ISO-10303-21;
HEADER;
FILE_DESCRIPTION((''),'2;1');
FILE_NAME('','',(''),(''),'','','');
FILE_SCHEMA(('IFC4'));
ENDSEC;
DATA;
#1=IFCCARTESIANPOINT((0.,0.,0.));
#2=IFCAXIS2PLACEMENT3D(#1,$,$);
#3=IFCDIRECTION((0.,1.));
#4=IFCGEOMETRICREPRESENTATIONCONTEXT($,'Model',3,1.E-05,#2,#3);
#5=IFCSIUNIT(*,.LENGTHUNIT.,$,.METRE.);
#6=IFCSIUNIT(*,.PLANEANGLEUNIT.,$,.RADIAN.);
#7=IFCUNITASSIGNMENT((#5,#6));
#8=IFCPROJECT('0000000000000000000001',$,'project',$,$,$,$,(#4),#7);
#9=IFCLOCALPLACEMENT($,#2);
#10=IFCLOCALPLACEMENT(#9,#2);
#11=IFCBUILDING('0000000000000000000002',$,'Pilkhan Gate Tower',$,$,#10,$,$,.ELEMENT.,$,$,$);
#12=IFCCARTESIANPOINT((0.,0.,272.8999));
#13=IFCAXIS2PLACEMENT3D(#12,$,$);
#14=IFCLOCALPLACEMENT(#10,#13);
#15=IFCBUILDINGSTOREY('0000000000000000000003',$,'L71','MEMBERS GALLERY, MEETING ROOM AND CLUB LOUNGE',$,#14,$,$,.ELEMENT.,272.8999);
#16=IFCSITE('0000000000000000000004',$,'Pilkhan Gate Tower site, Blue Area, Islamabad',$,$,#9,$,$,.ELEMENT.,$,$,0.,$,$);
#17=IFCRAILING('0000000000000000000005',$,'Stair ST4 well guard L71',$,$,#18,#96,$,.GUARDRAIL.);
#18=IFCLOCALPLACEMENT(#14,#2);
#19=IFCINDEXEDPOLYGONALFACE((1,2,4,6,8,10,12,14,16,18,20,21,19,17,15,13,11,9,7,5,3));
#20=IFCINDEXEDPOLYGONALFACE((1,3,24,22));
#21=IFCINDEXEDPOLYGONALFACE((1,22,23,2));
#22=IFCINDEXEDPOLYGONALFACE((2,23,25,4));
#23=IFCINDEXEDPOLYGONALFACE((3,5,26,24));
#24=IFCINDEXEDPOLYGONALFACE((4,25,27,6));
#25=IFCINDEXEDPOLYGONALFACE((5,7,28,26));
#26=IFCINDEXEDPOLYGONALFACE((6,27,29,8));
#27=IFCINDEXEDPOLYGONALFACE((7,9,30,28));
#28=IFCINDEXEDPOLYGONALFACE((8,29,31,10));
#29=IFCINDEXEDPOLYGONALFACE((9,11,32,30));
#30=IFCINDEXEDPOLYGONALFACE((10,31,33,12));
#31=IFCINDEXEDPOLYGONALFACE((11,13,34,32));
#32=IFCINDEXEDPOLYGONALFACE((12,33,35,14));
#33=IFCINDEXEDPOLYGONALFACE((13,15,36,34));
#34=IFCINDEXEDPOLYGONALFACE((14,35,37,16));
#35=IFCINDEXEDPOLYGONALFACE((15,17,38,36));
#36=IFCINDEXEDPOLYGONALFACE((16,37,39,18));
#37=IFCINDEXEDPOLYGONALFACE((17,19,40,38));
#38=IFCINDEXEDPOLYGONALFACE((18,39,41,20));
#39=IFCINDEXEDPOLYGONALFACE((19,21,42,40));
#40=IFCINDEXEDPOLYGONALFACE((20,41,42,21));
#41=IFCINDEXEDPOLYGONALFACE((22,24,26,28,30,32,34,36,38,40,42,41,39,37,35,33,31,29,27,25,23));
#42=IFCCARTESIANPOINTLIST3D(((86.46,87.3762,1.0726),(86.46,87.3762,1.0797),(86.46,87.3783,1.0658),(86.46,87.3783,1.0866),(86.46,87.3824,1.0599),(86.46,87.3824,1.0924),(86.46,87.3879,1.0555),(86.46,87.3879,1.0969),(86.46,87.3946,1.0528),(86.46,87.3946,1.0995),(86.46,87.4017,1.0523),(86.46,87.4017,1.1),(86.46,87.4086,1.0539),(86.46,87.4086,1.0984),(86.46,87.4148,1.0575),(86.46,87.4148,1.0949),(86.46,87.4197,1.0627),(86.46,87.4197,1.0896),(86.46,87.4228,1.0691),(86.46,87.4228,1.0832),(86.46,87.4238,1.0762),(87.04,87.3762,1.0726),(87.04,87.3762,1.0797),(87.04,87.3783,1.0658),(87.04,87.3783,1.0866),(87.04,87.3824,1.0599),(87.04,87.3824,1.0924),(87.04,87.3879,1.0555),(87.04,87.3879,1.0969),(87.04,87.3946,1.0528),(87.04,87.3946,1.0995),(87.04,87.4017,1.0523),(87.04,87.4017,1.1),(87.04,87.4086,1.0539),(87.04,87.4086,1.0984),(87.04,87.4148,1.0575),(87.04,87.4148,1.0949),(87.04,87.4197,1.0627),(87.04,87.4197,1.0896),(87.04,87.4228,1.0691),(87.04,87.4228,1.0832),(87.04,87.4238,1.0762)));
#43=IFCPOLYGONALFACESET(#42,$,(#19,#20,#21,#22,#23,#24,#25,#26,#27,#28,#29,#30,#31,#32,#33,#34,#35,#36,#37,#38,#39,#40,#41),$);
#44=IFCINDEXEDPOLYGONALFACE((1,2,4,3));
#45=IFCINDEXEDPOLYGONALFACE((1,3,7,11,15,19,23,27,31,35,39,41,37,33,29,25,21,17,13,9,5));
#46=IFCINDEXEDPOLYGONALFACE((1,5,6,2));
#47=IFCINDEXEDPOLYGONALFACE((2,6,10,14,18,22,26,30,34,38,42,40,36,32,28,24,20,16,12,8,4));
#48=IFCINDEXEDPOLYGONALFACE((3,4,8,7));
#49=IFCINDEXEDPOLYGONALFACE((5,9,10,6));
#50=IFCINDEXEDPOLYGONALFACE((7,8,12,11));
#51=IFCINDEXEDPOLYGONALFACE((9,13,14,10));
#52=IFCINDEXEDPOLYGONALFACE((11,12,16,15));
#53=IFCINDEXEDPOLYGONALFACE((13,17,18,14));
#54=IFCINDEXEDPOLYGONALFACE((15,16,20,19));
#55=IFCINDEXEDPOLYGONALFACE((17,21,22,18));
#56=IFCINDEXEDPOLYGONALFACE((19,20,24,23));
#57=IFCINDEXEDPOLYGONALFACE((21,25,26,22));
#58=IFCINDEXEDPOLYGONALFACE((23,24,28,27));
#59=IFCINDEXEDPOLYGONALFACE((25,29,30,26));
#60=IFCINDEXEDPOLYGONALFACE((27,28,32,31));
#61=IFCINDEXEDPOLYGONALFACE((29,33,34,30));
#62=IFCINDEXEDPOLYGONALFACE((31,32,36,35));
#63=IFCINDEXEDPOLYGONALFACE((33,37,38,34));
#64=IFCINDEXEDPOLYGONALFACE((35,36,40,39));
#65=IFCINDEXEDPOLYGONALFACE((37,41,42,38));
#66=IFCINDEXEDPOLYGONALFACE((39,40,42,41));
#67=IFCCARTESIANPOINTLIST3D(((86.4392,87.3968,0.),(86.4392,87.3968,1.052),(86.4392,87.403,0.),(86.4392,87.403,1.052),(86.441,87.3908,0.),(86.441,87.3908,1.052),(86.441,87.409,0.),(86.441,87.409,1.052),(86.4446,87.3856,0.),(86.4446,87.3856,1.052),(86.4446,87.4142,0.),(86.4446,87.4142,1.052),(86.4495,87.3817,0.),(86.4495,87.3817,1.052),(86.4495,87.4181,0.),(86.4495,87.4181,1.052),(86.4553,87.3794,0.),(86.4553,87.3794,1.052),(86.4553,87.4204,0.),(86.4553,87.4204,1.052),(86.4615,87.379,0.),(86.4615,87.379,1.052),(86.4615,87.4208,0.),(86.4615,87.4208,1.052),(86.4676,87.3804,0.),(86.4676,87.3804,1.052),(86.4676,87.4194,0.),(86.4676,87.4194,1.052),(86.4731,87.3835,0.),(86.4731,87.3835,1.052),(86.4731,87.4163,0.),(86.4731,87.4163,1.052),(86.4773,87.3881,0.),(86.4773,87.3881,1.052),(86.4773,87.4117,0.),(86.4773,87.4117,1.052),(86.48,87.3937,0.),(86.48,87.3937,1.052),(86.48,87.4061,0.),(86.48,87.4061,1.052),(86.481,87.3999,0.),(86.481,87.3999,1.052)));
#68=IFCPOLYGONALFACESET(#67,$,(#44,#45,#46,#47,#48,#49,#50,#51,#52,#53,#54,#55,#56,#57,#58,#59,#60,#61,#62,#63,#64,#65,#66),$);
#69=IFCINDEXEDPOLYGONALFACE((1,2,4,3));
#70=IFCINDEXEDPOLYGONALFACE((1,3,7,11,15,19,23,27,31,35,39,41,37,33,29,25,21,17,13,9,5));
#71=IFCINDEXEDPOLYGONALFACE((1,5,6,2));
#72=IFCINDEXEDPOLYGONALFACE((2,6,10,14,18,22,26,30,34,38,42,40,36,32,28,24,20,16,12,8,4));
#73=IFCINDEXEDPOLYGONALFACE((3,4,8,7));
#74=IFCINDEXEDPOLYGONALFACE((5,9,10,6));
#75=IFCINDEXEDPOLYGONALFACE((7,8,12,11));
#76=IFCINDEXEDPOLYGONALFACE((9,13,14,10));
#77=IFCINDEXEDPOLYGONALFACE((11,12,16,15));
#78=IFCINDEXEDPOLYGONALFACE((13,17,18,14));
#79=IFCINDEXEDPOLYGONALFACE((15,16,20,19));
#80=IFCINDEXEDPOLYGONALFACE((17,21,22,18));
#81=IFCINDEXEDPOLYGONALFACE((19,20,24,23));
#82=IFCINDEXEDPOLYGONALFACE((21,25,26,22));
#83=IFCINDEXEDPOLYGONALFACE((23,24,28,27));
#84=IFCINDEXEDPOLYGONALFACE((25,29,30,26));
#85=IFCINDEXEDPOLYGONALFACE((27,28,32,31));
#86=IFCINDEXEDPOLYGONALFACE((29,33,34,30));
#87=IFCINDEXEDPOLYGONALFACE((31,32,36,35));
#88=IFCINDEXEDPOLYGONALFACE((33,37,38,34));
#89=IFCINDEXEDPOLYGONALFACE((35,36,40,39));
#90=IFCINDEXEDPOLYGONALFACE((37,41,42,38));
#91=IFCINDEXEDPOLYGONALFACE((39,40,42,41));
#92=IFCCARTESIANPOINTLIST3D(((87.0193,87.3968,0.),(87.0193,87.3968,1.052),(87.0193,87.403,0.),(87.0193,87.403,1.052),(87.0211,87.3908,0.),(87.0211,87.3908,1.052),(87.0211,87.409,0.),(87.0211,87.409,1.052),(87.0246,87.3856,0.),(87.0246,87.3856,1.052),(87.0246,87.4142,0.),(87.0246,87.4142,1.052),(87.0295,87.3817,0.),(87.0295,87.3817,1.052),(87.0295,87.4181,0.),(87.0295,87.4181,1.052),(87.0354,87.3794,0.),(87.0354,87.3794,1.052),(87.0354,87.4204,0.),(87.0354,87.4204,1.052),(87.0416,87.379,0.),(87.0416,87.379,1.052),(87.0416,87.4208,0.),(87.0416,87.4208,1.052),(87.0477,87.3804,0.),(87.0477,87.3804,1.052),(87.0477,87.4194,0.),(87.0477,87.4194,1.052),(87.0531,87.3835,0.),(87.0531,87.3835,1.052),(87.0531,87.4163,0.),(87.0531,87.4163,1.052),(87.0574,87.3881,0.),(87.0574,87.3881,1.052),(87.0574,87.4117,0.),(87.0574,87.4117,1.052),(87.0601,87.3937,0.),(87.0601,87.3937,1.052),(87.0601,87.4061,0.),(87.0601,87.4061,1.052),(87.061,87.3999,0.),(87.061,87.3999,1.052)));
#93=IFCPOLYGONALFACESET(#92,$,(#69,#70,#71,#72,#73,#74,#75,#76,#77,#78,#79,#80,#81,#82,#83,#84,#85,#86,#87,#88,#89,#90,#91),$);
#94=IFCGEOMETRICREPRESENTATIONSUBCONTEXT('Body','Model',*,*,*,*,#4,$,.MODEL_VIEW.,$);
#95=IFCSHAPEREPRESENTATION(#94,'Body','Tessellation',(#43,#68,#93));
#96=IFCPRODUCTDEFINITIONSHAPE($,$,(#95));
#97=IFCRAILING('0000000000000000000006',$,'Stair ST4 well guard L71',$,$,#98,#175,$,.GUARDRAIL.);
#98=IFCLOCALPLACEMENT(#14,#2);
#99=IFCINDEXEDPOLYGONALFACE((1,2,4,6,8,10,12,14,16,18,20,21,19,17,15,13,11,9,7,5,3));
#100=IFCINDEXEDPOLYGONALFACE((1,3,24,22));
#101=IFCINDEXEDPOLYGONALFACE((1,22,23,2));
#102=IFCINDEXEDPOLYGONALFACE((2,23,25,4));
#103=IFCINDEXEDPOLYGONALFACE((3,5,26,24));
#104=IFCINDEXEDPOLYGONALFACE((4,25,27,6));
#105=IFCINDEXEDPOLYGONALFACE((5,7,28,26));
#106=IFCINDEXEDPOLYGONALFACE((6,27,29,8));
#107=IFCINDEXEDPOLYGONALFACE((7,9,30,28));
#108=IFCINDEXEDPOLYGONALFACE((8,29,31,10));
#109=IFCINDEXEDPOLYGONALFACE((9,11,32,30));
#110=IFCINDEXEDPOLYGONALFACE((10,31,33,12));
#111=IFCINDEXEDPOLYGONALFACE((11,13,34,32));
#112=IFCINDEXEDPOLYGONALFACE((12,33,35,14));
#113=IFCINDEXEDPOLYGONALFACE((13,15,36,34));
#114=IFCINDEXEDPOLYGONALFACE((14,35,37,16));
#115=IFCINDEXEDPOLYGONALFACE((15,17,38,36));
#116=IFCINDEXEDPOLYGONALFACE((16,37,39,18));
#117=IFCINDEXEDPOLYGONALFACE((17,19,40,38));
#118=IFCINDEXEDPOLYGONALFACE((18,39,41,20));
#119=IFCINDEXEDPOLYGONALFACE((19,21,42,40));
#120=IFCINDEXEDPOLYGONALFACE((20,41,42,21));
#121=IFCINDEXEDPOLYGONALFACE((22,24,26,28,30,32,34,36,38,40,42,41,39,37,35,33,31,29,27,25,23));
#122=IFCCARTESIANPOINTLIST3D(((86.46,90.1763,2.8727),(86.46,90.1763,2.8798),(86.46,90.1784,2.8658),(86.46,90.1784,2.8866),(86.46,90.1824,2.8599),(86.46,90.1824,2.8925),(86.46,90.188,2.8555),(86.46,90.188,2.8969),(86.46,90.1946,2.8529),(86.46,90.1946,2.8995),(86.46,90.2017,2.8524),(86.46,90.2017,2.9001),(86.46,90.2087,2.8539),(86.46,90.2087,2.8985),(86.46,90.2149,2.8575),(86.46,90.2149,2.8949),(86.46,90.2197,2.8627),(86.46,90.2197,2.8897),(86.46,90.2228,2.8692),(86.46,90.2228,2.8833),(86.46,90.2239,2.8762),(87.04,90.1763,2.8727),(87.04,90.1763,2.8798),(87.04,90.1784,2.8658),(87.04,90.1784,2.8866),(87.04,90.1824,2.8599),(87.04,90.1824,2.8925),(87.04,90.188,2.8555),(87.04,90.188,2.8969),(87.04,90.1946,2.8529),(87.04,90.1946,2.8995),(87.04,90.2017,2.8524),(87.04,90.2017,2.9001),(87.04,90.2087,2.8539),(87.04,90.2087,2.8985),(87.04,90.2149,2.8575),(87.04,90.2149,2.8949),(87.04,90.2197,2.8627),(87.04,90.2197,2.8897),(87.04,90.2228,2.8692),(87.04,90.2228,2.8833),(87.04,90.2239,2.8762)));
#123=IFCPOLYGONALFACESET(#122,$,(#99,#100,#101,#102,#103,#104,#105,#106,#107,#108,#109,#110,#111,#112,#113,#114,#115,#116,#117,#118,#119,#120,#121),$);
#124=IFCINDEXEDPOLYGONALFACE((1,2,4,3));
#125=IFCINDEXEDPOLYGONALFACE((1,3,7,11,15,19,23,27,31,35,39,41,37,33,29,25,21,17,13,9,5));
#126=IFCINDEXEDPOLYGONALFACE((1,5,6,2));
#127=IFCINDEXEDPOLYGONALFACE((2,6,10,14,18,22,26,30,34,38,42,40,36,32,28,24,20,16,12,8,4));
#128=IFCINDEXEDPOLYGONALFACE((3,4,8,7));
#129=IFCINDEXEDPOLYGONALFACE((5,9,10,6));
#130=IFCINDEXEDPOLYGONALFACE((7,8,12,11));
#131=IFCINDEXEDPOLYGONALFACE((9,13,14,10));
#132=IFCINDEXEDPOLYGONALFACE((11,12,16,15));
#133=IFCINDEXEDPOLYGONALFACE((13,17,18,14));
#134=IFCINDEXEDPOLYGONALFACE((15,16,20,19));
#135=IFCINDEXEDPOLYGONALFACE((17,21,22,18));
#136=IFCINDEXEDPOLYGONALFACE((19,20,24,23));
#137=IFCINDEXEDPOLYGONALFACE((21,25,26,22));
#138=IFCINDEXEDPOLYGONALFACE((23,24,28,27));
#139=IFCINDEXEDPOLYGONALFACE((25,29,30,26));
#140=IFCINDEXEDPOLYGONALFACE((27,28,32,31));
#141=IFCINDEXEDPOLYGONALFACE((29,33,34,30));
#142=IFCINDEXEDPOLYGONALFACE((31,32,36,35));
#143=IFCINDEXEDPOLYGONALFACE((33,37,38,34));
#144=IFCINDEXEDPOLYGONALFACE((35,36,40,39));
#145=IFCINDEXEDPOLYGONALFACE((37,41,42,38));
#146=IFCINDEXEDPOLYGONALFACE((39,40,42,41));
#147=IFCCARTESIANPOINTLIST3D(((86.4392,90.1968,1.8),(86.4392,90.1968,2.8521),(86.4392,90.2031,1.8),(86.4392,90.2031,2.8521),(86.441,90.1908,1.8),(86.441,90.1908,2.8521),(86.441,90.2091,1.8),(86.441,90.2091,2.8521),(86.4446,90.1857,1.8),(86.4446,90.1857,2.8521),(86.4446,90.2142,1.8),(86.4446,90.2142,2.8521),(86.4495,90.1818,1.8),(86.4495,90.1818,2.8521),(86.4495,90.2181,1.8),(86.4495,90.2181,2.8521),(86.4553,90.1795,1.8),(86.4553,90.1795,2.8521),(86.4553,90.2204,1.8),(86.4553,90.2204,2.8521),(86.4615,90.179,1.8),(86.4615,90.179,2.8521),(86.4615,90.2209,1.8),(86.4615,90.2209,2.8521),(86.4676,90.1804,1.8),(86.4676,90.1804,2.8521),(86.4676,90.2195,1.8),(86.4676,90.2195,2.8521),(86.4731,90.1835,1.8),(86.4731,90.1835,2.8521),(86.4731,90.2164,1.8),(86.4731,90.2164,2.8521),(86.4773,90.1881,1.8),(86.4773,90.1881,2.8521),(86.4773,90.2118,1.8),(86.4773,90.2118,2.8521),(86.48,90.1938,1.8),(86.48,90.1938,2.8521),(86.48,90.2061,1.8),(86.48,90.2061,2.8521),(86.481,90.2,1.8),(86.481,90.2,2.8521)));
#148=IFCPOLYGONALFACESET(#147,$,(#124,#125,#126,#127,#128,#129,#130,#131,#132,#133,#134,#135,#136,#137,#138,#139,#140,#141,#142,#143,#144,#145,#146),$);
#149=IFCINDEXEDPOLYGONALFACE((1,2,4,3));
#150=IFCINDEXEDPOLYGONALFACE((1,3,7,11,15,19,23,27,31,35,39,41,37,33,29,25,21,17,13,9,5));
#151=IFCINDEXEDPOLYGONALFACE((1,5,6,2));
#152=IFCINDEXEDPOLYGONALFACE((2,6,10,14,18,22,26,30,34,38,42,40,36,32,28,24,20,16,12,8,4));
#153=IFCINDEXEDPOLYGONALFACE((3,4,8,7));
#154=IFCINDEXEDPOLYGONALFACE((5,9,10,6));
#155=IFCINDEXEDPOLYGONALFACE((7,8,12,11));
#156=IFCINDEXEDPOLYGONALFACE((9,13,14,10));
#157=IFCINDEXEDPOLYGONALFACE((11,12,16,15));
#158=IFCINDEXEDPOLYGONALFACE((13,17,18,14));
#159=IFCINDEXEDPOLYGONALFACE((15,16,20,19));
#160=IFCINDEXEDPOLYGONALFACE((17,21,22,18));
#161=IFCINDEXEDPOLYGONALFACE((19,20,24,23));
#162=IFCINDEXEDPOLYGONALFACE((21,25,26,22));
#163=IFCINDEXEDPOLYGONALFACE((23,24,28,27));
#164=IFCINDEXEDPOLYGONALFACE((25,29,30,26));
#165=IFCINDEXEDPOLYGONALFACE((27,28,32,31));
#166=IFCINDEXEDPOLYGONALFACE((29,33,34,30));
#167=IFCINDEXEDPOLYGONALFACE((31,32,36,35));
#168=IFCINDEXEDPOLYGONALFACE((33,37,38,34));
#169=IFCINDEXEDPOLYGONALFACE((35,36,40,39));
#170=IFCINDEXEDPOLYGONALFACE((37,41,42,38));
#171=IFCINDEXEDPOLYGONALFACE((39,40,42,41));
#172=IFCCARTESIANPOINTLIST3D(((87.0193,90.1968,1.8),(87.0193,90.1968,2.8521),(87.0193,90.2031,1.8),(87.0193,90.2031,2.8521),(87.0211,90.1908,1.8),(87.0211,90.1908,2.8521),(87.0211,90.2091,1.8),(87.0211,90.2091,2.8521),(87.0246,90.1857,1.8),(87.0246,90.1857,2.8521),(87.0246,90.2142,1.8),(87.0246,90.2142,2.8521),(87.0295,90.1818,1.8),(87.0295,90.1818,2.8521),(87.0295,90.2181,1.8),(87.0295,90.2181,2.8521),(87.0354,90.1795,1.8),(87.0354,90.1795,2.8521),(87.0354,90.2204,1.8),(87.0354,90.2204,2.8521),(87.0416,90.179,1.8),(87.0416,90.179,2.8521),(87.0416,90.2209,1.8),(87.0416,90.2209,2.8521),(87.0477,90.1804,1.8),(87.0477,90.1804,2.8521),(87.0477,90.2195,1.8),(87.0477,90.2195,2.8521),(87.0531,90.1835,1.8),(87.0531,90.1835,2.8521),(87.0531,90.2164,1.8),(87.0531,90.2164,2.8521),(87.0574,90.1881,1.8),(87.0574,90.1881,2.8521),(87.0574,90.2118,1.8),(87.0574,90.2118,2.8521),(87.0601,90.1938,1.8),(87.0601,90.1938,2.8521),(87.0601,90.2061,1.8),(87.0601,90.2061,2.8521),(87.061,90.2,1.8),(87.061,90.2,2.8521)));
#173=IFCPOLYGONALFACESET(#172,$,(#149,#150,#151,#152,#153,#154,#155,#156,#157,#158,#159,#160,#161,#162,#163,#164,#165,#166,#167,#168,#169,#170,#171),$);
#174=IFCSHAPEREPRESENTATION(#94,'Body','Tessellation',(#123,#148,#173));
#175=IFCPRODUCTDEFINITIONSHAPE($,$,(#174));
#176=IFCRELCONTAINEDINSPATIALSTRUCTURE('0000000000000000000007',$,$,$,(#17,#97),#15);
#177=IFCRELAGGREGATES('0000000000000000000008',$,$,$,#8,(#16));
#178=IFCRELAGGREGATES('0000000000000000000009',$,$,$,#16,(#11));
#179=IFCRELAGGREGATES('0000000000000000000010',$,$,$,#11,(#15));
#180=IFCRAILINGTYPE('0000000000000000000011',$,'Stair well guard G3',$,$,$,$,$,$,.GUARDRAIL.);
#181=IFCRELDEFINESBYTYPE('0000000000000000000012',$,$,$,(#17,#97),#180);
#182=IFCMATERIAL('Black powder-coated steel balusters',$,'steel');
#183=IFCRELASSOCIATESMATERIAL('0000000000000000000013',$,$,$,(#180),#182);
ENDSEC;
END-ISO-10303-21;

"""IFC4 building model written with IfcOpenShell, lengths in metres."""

from ifc_helpers import new_model, si_unit, direction, frame, origin, origin_2d, place, context, subcontext, project, spatial, circle, extrude, material, type_object, element, save


model = new_model("IFC4")

# Units and contexts
model_context = context("Model", 3, precision=1e-05, world=origin(), true_north=direction((0.0, 1.0)))
body_context = subcontext(model_context, "Body", "Model", "MODEL_VIEW")
ifc_project = project(units=[si_unit("LENGTHUNIT", "METRE"), si_unit("PLANEANGLEUNIT", "RADIAN")], contexts=[model_context])

# Site, building, storey
site_placement = place(None, origin())
site = spatial("IfcSite", under=ifc_project, at=site_placement, Name="Pilkhan Gate Tower site, Blue Area, Islamabad", CompositionType="ELEMENT", RefElevation=0.0)
building_placement = place(site_placement, origin())
building = spatial("IfcBuilding", under=site, at=building_placement, Name="Pilkhan Gate Tower", CompositionType="ELEMENT")
storey_placement = place(building_placement, frame((0.0, 0.0, 272.8999)))
storey = spatial("IfcBuildingStorey", under=building, at=storey_placement, Name="L71", Description="MEMBERS GALLERY, MEETING ROOM AND CLUB LOUNGE", CompositionType="ELEMENT", Elevation=272.8999)

# Railings
ifc_material_1 = material(Name="Black powder-coated steel balusters", Category="steel")
railing_type_1 = type_object("IfcRailingType", Name="Stair well guard G3", PredefinedType="GUARDRAIL", material=ifc_material_1)
for number, where, name in (
    (1, (86.46, 87.3999, 0.0), "Stair ST4 well guard L71"),
    (2, (86.46, 90.2, 1.8), "Stair ST4 well guard L71"),
):
    element("IfcRailing", number, at=place(storey_placement, frame(where)), inside=storey, type_object=railing_type_1, Name=name, PredefinedType="GUARDRAIL", context=body_context, shape_type="SweptSolid", body=[
        extrude(circle(Radius=0.0239, at=origin_2d()), frame((0.0, 0.0, 1.0762), z_axis=(1.0, 0.0, 0.0), x_axis=(0.0, 1.0, 0.0)), (0.0, 0.0, 1.0), 0.5801),
        extrude(circle(Radius=0.021, at=origin_2d()), origin(), (0.0, 0.0, 1.0), 1.052),
        extrude(circle(Radius=0.021, at=origin_2d()), frame((0.5801, 0.0, 0.0)), (0.0, 0.0, 1.0), 1.052),
    ])

save(model, "model.ifc")
